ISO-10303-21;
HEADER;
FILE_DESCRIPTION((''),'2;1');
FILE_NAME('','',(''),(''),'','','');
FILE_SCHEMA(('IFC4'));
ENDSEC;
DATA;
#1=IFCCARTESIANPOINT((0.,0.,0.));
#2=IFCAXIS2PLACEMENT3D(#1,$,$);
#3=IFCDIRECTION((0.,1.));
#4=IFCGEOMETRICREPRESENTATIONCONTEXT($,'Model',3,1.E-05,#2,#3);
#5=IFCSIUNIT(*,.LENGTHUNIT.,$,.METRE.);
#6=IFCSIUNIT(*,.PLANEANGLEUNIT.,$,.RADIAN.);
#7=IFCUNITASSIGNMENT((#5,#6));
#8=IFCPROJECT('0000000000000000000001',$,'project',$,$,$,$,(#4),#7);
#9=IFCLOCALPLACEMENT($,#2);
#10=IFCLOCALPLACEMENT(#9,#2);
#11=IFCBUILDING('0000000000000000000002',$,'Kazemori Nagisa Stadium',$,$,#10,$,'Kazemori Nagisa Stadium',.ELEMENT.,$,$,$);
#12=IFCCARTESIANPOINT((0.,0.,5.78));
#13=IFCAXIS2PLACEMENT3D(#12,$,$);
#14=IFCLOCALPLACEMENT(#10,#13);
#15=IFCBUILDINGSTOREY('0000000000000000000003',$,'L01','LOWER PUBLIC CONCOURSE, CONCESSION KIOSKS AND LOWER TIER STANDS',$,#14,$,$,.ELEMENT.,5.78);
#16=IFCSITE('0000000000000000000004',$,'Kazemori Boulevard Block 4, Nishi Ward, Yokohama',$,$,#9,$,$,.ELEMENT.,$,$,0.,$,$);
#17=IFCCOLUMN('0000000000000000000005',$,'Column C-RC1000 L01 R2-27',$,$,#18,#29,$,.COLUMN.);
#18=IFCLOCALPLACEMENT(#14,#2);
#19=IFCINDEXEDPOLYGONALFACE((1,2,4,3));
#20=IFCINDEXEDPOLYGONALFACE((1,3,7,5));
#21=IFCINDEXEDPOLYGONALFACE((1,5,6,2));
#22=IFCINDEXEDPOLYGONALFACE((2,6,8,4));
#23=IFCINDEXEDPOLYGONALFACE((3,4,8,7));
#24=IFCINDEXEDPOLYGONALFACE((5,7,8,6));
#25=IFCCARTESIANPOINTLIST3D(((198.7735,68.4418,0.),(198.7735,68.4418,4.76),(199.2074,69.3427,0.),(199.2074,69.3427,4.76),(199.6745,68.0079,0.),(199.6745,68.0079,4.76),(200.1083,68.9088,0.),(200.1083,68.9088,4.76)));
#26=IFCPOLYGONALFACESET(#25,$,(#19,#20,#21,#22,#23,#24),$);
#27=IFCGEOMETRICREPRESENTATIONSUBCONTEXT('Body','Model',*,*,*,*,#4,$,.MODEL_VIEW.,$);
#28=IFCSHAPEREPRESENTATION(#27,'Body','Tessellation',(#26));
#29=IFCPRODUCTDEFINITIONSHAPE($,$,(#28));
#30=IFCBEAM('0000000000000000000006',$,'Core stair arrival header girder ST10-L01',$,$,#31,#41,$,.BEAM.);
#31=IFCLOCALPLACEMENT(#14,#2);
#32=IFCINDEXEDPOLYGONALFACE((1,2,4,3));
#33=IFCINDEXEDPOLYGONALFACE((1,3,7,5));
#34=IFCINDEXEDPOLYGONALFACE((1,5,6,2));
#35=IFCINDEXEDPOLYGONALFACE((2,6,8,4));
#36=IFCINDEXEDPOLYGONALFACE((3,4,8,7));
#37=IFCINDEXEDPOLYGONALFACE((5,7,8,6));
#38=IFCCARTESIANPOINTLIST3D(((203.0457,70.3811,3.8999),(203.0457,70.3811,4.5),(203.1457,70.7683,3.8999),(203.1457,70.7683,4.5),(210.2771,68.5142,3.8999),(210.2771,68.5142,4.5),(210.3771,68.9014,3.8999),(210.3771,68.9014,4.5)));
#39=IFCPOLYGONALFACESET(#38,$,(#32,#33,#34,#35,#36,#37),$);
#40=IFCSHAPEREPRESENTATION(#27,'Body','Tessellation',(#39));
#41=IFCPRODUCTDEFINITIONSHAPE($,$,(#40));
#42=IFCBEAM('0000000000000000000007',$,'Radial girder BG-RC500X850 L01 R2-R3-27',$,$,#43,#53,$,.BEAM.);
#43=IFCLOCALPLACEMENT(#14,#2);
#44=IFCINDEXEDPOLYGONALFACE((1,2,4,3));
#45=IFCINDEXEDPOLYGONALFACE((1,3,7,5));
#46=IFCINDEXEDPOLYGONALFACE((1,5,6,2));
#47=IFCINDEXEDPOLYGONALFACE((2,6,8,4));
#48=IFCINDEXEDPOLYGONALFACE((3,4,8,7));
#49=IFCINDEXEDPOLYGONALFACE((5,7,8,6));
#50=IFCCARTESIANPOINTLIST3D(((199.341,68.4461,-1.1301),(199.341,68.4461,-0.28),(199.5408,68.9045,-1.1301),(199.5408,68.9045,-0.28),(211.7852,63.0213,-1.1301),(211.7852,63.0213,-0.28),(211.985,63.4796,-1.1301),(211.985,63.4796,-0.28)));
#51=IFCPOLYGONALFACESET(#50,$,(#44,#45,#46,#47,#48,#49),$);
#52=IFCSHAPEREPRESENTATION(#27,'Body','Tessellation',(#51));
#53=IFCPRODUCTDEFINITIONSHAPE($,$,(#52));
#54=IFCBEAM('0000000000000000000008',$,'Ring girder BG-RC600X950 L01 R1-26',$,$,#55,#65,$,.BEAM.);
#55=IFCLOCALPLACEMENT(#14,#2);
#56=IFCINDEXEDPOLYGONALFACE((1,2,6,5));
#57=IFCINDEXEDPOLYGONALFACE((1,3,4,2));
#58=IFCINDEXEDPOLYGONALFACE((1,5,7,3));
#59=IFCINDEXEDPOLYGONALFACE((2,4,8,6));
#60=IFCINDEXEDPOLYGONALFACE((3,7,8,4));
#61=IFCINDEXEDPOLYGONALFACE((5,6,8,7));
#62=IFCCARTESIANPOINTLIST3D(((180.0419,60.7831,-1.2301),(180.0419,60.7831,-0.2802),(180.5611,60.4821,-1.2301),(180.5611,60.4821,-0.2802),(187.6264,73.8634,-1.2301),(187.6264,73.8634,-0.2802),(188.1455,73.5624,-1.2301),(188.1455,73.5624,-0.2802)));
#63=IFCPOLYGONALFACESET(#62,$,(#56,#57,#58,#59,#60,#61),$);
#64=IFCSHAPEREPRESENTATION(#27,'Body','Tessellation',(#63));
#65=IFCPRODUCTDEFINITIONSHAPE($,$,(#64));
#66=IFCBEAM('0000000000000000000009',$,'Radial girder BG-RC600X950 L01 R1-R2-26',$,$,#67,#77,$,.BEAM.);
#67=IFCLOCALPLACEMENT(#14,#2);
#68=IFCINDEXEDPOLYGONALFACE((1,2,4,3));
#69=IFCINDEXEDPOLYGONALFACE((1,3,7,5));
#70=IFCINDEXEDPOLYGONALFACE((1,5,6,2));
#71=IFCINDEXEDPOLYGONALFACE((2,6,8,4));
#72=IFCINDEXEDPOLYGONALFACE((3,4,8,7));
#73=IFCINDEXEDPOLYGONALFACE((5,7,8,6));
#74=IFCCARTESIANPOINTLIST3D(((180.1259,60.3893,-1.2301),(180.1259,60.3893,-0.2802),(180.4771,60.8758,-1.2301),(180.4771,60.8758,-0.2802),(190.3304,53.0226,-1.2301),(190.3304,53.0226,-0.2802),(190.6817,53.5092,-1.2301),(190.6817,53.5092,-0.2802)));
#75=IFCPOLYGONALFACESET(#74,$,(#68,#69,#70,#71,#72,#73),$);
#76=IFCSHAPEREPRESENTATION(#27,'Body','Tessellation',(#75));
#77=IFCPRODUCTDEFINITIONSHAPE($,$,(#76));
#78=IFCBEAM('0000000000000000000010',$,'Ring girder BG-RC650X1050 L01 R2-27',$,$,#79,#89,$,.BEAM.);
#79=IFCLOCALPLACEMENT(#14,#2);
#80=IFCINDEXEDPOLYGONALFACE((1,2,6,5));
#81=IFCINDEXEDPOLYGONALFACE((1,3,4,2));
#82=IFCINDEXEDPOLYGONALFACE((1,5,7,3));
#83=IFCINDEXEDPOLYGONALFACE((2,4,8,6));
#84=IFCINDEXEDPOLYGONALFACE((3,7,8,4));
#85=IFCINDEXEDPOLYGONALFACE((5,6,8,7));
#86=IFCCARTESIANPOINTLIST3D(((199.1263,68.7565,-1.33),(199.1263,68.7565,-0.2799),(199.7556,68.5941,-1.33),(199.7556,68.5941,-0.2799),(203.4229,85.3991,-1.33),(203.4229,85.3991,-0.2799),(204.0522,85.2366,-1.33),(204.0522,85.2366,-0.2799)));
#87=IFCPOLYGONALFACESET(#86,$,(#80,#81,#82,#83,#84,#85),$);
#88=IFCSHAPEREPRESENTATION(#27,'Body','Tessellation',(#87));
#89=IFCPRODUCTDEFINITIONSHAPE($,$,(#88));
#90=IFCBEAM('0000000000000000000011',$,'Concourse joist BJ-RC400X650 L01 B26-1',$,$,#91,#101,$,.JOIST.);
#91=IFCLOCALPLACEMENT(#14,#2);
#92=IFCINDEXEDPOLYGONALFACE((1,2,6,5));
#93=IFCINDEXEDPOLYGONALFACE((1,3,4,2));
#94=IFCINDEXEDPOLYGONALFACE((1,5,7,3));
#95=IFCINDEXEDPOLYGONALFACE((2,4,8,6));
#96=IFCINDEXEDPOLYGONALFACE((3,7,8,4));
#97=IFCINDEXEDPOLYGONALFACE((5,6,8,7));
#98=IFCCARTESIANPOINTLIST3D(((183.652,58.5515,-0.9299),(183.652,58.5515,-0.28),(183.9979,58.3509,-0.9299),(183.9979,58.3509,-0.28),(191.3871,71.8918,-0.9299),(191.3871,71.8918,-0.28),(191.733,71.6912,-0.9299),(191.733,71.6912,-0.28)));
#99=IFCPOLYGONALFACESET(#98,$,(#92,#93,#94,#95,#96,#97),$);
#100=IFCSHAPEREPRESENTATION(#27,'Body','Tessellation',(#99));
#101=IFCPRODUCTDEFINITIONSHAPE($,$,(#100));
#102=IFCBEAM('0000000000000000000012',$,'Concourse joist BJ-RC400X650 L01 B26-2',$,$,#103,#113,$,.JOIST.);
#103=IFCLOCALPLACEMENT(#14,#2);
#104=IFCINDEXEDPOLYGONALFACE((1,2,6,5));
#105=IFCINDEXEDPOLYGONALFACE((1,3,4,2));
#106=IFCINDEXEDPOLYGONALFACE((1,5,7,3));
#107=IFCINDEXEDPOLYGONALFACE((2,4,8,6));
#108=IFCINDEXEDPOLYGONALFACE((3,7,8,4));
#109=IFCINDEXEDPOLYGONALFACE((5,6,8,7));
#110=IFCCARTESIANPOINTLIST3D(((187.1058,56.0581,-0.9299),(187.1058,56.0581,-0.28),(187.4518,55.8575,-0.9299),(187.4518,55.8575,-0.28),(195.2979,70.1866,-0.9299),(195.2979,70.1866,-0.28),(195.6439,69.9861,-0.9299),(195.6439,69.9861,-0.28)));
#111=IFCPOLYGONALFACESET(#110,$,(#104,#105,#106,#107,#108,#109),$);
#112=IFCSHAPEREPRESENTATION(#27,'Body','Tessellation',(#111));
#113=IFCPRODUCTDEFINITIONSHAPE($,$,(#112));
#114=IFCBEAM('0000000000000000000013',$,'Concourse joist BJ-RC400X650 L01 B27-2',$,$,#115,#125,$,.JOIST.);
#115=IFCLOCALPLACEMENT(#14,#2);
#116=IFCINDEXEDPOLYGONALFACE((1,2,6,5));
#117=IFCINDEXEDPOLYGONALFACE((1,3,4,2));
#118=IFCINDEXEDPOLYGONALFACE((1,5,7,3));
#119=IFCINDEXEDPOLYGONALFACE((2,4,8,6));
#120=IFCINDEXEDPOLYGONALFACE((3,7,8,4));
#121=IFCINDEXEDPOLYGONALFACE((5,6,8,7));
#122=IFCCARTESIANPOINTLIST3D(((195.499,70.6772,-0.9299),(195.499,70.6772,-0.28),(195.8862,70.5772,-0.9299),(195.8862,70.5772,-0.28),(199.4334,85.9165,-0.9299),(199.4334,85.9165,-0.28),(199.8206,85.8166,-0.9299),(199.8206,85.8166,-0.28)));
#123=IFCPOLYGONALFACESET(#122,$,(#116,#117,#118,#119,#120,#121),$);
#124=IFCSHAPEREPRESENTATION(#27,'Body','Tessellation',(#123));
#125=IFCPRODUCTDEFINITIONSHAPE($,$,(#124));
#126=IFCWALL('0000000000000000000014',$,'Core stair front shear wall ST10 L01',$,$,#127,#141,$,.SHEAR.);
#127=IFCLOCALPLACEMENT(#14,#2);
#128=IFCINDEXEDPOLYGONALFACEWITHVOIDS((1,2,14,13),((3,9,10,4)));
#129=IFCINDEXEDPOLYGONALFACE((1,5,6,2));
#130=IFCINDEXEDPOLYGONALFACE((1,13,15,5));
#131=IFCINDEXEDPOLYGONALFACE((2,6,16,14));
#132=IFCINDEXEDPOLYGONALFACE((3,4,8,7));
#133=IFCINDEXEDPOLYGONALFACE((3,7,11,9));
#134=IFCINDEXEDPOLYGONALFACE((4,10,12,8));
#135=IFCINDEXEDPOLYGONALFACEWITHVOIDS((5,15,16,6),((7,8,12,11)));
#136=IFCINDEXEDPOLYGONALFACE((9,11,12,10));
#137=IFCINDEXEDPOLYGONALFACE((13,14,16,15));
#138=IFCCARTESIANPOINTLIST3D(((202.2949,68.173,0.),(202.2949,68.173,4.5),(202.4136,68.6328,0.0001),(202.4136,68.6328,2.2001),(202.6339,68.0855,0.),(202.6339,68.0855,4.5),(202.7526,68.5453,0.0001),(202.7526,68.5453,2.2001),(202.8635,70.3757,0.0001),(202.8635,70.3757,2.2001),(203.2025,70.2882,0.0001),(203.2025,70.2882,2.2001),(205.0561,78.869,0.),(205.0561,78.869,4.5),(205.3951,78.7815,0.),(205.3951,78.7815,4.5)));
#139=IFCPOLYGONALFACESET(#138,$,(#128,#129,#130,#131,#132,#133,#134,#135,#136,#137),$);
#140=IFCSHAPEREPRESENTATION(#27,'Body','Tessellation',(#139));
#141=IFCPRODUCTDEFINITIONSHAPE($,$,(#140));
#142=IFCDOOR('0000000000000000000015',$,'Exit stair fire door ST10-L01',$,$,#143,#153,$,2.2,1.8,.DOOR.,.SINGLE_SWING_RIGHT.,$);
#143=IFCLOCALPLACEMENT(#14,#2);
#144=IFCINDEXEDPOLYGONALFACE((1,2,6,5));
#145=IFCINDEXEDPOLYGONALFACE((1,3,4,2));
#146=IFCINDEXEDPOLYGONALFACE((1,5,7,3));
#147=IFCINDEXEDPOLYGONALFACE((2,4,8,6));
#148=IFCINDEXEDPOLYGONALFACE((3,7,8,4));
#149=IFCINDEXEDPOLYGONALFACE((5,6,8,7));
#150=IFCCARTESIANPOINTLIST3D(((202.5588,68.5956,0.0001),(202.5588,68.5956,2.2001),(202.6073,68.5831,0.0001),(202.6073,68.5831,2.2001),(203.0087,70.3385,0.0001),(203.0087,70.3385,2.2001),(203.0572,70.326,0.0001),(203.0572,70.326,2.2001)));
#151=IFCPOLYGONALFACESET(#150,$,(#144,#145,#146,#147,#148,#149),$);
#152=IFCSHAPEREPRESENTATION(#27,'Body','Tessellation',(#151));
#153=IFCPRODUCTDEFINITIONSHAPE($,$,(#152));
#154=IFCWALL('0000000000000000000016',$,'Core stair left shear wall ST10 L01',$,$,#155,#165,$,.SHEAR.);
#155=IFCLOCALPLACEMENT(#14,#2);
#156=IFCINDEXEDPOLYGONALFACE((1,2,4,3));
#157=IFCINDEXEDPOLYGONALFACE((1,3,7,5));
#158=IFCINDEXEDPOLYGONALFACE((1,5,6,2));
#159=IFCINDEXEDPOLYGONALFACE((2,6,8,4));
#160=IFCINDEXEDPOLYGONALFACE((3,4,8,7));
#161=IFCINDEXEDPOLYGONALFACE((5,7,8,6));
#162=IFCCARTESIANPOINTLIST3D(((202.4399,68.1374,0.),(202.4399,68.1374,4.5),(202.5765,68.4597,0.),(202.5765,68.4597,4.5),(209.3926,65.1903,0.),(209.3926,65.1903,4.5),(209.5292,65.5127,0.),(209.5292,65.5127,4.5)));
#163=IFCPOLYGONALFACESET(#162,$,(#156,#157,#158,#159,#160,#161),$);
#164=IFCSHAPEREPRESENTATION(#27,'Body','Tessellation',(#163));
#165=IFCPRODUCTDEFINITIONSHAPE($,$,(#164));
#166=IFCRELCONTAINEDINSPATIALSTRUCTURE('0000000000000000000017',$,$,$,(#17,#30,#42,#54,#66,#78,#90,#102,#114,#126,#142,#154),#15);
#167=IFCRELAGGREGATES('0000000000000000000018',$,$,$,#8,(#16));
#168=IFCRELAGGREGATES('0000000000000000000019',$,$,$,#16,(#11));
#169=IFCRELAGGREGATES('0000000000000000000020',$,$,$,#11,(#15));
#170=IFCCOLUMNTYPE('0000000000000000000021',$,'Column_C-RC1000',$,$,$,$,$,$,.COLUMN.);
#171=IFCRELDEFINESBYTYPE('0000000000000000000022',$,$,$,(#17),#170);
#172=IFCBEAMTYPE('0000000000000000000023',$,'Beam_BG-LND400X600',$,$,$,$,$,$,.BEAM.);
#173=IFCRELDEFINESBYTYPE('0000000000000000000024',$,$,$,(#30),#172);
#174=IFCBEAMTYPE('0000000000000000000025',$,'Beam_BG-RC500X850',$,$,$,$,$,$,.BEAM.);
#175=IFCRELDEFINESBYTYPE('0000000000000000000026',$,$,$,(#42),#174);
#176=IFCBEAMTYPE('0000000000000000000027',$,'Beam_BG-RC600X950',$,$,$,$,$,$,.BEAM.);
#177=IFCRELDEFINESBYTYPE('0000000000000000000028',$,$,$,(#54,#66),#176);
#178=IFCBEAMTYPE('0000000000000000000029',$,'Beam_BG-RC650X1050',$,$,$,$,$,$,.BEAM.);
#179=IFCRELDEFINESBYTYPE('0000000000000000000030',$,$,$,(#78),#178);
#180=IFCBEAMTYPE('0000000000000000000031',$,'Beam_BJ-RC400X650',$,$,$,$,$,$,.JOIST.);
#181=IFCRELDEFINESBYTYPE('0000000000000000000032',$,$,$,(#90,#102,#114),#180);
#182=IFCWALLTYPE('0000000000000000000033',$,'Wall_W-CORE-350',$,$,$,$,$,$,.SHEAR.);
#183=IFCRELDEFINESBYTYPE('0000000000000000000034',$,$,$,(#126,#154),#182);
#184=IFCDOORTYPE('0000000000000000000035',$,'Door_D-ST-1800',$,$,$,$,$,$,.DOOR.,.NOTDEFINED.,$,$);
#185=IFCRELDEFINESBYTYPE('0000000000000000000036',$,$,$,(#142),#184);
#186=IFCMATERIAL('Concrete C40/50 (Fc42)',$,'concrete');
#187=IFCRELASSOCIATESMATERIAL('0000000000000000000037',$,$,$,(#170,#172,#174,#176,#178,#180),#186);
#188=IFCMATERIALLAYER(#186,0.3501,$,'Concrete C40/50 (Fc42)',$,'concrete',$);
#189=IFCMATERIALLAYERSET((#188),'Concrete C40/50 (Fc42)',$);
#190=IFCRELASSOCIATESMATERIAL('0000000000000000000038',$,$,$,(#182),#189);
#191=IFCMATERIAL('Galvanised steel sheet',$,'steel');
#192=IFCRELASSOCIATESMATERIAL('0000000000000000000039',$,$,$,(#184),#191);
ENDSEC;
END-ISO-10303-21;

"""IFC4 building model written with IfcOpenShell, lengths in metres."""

from ifc_helpers import new_model, si_unit, direction, frame, frame_2d, origin, origin_2d, place, context, subcontext, project, spatial, rectangle, extrude, material, layer, layer_set, material_profile, profile_set, type_object, element, fill, save


model = new_model("IFC4")

# Units and contexts
model_context = context("Model", 3, precision=1e-05, world=origin(), true_north=direction((0.0, 1.0)))
body_context = subcontext(model_context, "Body", "Model", "MODEL_VIEW")
ifc_project = project(units=[si_unit("LENGTHUNIT", "METRE"), si_unit("PLANEANGLEUNIT", "RADIAN")], contexts=[model_context])

# Site, building, storey
site_placement = place(None, origin())
site = spatial("IfcSite", under=ifc_project, at=site_placement, Name="Kazemori Boulevard Block 4, Nishi Ward, Yokohama", CompositionType="ELEMENT", RefElevation=0.0)
building_placement = place(site_placement, origin())
building = spatial("IfcBuilding", under=site, at=building_placement, Name="Kazemori Nagisa Stadium", LongName="Kazemori Nagisa Stadium", CompositionType="ELEMENT")
storey_placement = place(building_placement, frame((0.0, 0.0, 5.78)))
storey = spatial("IfcBuildingStorey", under=building, at=storey_placement, Name="L01", Description="LOWER PUBLIC CONCOURSE, CONCESSION KIOSKS AND LOWER TIER STANDS", CompositionType="ELEMENT", Elevation=5.78)

# Column
ifc_material_1 = material(Name="Concrete C40/50 (Fc42)", Category="concrete")
ifc_material_profile_1 = material_profile(ifc_material_1, rectangle(XDim=1.0, YDim=1.0, at=origin_2d()), Name="RC-COL-1000x1000")
ifc_profile_set_1 = profile_set([ifc_material_profile_1], Name="Concrete C40/50 (Fc42)")
column_type_1 = type_object("IfcColumnType", Name="Column_C-RC1000", PredefinedType="COLUMN", material=ifc_profile_set_1)
column_1_placement = place(storey_placement, frame((199.4409, 68.6753, 0.0), z_axis=(0.0, 0.0, 1.0), x_axis=(0.900969, -0.433884, 0.0)))
element("IfcColumn", 1, at=column_1_placement, inside=storey, type_object=column_type_1, Name="Column C-RC1000 L01 R2-27", PredefinedType="COLUMN", context=body_context, shape_type="SweptSolid", body=[
    extrude(rectangle(XDim=1.0, YDim=1.0, at=origin_2d()), origin(), (0.0, 0.0, 1.0), 4.76),
])

# Beams
ifc_material_profile_2 = material_profile(ifc_material_1, rectangle(XDim=0.3999, YDim=0.6001, at=origin_2d()), Name="RC-BM-400x600")
ifc_profile_set_2 = profile_set([ifc_material_profile_2], Name="Concrete C40/50 (Fc42)")
beam_type_1 = type_object("IfcBeamType", Name="Beam_BG-LND400X600", PredefinedType="BEAM", material=ifc_profile_set_2)
beam_1_placement = place(storey_placement, frame((203.0957, 70.5747, 4.2), z_axis=(0.968253, -0.249974, 0.0), x_axis=(0.249974, 0.968253, 0.0)))
element("IfcBeam", 2, at=beam_1_placement, inside=storey, type_object=beam_type_1, Name="Core stair arrival header girder ST10-L01", PredefinedType="BEAM", context=body_context, shape_type="SweptSolid", body=[
    extrude(rectangle(XDim=0.3999, YDim=0.6001, at=origin_2d()), origin(), (0.0, 0.0, 1.0), 7.4685),
])
ifc_material_profile_3 = material_profile(ifc_material_1, rectangle(XDim=0.5, YDim=0.8501, at=origin_2d()), Name="RC-BM-500x850")
ifc_profile_set_3 = profile_set([ifc_material_profile_3], Name="Concrete C40/50 (Fc42)")
beam_type_2 = type_object("IfcBeamType", Name="Beam_BG-RC500X850", PredefinedType="BEAM", material=ifc_profile_set_3)
beam_2_placement = place(storey_placement, frame((199.4409, 68.6753, -0.7051), z_axis=(0.916684, -0.399614, 0.0), x_axis=(0.399614, 0.916684, 0.0)))
element("IfcBeam", 3, at=beam_2_placement, inside=storey, type_object=beam_type_2, Name="Radial girder BG-RC500X850 L01 R2-R3-27", PredefinedType="BEAM", context=body_context, shape_type="SweptSolid", body=[
    extrude(rectangle(XDim=0.5, YDim=0.8501, at=origin_2d()), origin(), (0.0, 0.0, 1.0), 13.5752),
])
ifc_material_profile_4 = material_profile(ifc_material_1, rectangle(XDim=0.6001, YDim=0.95, at=origin_2d()), Name="RC-BM-600x950")
ifc_profile_set_4 = profile_set([ifc_material_profile_4], Name="Concrete C40/50 (Fc42)")
beam_type_3 = type_object("IfcBeamType", Name="Beam_BG-RC600X950", PredefinedType="BEAM", material=ifc_profile_set_4)
beam_3_placement = place(storey_placement, frame((180.3015, 60.6326, -0.7551), z_axis=(0.501613, 0.865092, 0.0), x_axis=(-0.865092, 0.501613, 0.0)))
element("IfcBeam", 4, at=beam_3_placement, inside=storey, type_object=beam_type_3, Name="Ring girder BG-RC600X950 L01 R1-26", PredefinedType="BEAM", context=body_context, shape_type="SweptSolid", body=[
    extrude(rectangle(XDim=0.6001, YDim=0.95, at=origin_2d()), origin(), (0.0, 0.0, 1.0), 15.1201),
])
beam_4_placement = place(storey_placement, frame((180.3015, 60.6326, -0.7551), z_axis=(0.810803, -0.585319, 0.0), x_axis=(0.585319, 0.810803, 0.0)))
element("IfcBeam", 5, at=beam_4_placement, inside=storey, type_object=beam_type_3, Name="Radial girder BG-RC600X950 L01 R1-R2-26", PredefinedType="BEAM", context=body_context, shape_type="SweptSolid", body=[
    extrude(rectangle(XDim=0.6001, YDim=0.95, at=origin_2d()), origin(), (0.0, 0.0, 1.0), 12.5857),
])
ifc_material_profile_5 = material_profile(ifc_material_1, rectangle(XDim=0.6499, YDim=1.05, at=origin_2d()), Name="RC-BM-650x1050")
ifc_profile_set_5 = profile_set([ifc_material_profile_5], Name="Concrete C40/50 (Fc42)")
beam_type_4 = type_object("IfcBeamType", Name="Beam_BG-RC650X1050", PredefinedType="BEAM", material=ifc_profile_set_5)
beam_5_placement = place(storey_placement, frame((199.4409, 68.6753, -0.8049), z_axis=(0.249975, 0.968252, 0.0), x_axis=(-0.968252, 0.249975, 0.0)))
element("IfcBeam", 6, at=beam_5_placement, inside=storey, type_object=beam_type_4, Name="Ring girder BG-RC650X1050 L01 R2-27", PredefinedType="BEAM", context=body_context, shape_type="SweptSolid", body=[
    extrude(rectangle(XDim=0.6499, YDim=1.05, at=origin_2d()), origin(), (0.0, 0.0, 1.0), 17.1882),
])
ifc_material_profile_6 = material_profile(ifc_material_1, rectangle(XDim=0.3999, YDim=0.6499, at=origin_2d()), Name="RC-BM-400x650")
ifc_profile_set_6 = profile_set([ifc_material_profile_6], Name="Concrete C40/50 (Fc42)")
beam_type_5 = type_object("IfcBeamType", Name="Beam_BJ-RC400X650", PredefinedType="JOIST", material=ifc_profile_set_6)
beam_6_placement = place(storey_placement, frame((183.825, 58.4512, -0.605), z_axis=(0.501607, 0.865095, 0.0), x_axis=(-0.865095, 0.501607, 0.0)))
element("IfcBeam", 7, at=beam_6_placement, inside=storey, type_object=beam_type_5, Name="Concourse joist BJ-RC400X650 L01 B26-1", PredefinedType="JOIST", context=body_context, shape_type="SweptSolid", body=[
    extrude(rectangle(XDim=0.3999, YDim=0.6499, at=origin_2d()), origin(), (0.0, 0.0, 1.0), 15.4207),
])
beam_7_placement = place(storey_placement, frame((187.2788, 55.9578, -0.605), z_axis=(0.501604, 0.865097, 0.0), x_axis=(-0.865097, 0.501604, 0.0)))
element("IfcBeam", 8, at=beam_7_placement, inside=storey, type_object=beam_type_5, Name="Concourse joist BJ-RC400X650 L01 B26-2", PredefinedType="JOIST", context=body_context, shape_type="SweptSolid", body=[
    extrude(rectangle(XDim=0.3999, YDim=0.6499, at=origin_2d()), origin(), (0.0, 0.0, 1.0), 16.3318),
])
beam_8_placement = place(storey_placement, frame((195.6926, 70.6272, -0.605), z_axis=(0.249974, 0.968252, 0.0), x_axis=(-0.968252, 0.249974, 0.0)))
element("IfcBeam", 9, at=beam_8_placement, inside=storey, type_object=beam_type_5, Name="Concourse joist BJ-RC400X650 L01 B27-2", PredefinedType="JOIST", context=body_context, shape_type="SweptSolid", body=[
    extrude(rectangle(XDim=0.3999, YDim=0.6499, at=origin_2d()), origin(), (0.0, 0.0, 1.0), 15.739),
])

# Wall, opening, door
ifc_layer_1 = layer(ifc_material_1, 0.3501, Name="Concrete C40/50 (Fc42)", Category="concrete")
ifc_layer_set_1 = layer_set([ifc_layer_1], Name="Concrete C40/50 (Fc42)")
wall_type_1 = type_object("IfcWallType", Name="Wall_W-CORE-350", PredefinedType="SHEAR", material=ifc_layer_set_1)
wall_1_placement = place(storey_placement, frame((202.4644, 68.1292, 0.0), z_axis=(0.0, 0.0, 1.0), x_axis=(0.24996, 0.968256, 0.0)))
wall_1 = element("IfcWall", 10, at=wall_1_placement, inside=storey, type_object=wall_type_1, Name="Core stair front shear wall ST10 L01", PredefinedType="SHEAR", context=body_context, shape_type="SweptSolid", body=[
    extrude(rectangle(XDim=11.0466, YDim=0.3501, at=frame_2d((5.5234, 0.0))), origin(), (0.0, 0.0, 1.0), 4.5),
])
opening_1_placement = place(wall_1_placement, frame((0.4751, 0.0, 0.0)))
opening_1 = element("IfcOpeningElement", 11, at=opening_1_placement, cuts=wall_1, PredefinedType="OPENING", context=body_context, shape_type="SweptSolid", body=[
    extrude(rectangle(XDim=1.8, YDim=2.2, at=frame_2d((0.8999, 1.1001))), frame((0.0, 0.1851, 0.0), z_axis=(0.0, -1.0, 0.0), x_axis=(1.0, 0.0, 0.0)), (0.0, 0.0, 1.0), 0.3701),
])
ifc_material_2 = material(Name="Galvanised steel sheet", Category="steel")
door_type_1 = type_object("IfcDoorType", Name="Door_D-ST-1800", OperationType="NOTDEFINED", PredefinedType="DOOR", material=ifc_material_2)
door_1_placement = place(opening_1_placement, frame((1.8, 0.0, 0.0), z_axis=(0.0, 0.0, 1.0), x_axis=(-1.0, 0.0, 0.0)))
door_1 = element("IfcDoor", 12, at=door_1_placement, inside=storey, type_object=door_type_1, Name="Exit stair fire door ST10-L01", OperationType="SINGLE_SWING_RIGHT", OverallHeight=2.2, OverallWidth=1.8, PredefinedType="DOOR", context=body_context, shape_type="SweptSolid", body=[
    extrude(rectangle(XDim=1.8, YDim=2.2, at=frame_2d((0.8999, 1.1001))), frame((0.0, 0.0249, 0.0), z_axis=(0.0, -1.0, 0.0), x_axis=(1.0, 0.0, 0.0)), (0.0, 0.0, 1.0), 0.05),
])
fill(opening_1, door_1)

# Wall
wall_2_placement = place(storey_placement, frame((202.5081, 68.2986, 0.0), z_axis=(0.0, 0.0, 1.0), x_axis=(0.920705, -0.39026, 0.0)))
element("IfcWall", 13, at=wall_2_placement, inside=storey, type_object=wall_type_1, Name="Core stair left shear wall ST10 L01", PredefinedType="SHEAR", context=body_context, shape_type="SweptSolid", body=[
    extrude(rectangle(XDim=7.5515, YDim=0.3501, at=frame_2d((3.7759, 0.0))), origin(), (0.0, 0.0, 1.0), 4.5),
])

save(model, "model.ifc")
